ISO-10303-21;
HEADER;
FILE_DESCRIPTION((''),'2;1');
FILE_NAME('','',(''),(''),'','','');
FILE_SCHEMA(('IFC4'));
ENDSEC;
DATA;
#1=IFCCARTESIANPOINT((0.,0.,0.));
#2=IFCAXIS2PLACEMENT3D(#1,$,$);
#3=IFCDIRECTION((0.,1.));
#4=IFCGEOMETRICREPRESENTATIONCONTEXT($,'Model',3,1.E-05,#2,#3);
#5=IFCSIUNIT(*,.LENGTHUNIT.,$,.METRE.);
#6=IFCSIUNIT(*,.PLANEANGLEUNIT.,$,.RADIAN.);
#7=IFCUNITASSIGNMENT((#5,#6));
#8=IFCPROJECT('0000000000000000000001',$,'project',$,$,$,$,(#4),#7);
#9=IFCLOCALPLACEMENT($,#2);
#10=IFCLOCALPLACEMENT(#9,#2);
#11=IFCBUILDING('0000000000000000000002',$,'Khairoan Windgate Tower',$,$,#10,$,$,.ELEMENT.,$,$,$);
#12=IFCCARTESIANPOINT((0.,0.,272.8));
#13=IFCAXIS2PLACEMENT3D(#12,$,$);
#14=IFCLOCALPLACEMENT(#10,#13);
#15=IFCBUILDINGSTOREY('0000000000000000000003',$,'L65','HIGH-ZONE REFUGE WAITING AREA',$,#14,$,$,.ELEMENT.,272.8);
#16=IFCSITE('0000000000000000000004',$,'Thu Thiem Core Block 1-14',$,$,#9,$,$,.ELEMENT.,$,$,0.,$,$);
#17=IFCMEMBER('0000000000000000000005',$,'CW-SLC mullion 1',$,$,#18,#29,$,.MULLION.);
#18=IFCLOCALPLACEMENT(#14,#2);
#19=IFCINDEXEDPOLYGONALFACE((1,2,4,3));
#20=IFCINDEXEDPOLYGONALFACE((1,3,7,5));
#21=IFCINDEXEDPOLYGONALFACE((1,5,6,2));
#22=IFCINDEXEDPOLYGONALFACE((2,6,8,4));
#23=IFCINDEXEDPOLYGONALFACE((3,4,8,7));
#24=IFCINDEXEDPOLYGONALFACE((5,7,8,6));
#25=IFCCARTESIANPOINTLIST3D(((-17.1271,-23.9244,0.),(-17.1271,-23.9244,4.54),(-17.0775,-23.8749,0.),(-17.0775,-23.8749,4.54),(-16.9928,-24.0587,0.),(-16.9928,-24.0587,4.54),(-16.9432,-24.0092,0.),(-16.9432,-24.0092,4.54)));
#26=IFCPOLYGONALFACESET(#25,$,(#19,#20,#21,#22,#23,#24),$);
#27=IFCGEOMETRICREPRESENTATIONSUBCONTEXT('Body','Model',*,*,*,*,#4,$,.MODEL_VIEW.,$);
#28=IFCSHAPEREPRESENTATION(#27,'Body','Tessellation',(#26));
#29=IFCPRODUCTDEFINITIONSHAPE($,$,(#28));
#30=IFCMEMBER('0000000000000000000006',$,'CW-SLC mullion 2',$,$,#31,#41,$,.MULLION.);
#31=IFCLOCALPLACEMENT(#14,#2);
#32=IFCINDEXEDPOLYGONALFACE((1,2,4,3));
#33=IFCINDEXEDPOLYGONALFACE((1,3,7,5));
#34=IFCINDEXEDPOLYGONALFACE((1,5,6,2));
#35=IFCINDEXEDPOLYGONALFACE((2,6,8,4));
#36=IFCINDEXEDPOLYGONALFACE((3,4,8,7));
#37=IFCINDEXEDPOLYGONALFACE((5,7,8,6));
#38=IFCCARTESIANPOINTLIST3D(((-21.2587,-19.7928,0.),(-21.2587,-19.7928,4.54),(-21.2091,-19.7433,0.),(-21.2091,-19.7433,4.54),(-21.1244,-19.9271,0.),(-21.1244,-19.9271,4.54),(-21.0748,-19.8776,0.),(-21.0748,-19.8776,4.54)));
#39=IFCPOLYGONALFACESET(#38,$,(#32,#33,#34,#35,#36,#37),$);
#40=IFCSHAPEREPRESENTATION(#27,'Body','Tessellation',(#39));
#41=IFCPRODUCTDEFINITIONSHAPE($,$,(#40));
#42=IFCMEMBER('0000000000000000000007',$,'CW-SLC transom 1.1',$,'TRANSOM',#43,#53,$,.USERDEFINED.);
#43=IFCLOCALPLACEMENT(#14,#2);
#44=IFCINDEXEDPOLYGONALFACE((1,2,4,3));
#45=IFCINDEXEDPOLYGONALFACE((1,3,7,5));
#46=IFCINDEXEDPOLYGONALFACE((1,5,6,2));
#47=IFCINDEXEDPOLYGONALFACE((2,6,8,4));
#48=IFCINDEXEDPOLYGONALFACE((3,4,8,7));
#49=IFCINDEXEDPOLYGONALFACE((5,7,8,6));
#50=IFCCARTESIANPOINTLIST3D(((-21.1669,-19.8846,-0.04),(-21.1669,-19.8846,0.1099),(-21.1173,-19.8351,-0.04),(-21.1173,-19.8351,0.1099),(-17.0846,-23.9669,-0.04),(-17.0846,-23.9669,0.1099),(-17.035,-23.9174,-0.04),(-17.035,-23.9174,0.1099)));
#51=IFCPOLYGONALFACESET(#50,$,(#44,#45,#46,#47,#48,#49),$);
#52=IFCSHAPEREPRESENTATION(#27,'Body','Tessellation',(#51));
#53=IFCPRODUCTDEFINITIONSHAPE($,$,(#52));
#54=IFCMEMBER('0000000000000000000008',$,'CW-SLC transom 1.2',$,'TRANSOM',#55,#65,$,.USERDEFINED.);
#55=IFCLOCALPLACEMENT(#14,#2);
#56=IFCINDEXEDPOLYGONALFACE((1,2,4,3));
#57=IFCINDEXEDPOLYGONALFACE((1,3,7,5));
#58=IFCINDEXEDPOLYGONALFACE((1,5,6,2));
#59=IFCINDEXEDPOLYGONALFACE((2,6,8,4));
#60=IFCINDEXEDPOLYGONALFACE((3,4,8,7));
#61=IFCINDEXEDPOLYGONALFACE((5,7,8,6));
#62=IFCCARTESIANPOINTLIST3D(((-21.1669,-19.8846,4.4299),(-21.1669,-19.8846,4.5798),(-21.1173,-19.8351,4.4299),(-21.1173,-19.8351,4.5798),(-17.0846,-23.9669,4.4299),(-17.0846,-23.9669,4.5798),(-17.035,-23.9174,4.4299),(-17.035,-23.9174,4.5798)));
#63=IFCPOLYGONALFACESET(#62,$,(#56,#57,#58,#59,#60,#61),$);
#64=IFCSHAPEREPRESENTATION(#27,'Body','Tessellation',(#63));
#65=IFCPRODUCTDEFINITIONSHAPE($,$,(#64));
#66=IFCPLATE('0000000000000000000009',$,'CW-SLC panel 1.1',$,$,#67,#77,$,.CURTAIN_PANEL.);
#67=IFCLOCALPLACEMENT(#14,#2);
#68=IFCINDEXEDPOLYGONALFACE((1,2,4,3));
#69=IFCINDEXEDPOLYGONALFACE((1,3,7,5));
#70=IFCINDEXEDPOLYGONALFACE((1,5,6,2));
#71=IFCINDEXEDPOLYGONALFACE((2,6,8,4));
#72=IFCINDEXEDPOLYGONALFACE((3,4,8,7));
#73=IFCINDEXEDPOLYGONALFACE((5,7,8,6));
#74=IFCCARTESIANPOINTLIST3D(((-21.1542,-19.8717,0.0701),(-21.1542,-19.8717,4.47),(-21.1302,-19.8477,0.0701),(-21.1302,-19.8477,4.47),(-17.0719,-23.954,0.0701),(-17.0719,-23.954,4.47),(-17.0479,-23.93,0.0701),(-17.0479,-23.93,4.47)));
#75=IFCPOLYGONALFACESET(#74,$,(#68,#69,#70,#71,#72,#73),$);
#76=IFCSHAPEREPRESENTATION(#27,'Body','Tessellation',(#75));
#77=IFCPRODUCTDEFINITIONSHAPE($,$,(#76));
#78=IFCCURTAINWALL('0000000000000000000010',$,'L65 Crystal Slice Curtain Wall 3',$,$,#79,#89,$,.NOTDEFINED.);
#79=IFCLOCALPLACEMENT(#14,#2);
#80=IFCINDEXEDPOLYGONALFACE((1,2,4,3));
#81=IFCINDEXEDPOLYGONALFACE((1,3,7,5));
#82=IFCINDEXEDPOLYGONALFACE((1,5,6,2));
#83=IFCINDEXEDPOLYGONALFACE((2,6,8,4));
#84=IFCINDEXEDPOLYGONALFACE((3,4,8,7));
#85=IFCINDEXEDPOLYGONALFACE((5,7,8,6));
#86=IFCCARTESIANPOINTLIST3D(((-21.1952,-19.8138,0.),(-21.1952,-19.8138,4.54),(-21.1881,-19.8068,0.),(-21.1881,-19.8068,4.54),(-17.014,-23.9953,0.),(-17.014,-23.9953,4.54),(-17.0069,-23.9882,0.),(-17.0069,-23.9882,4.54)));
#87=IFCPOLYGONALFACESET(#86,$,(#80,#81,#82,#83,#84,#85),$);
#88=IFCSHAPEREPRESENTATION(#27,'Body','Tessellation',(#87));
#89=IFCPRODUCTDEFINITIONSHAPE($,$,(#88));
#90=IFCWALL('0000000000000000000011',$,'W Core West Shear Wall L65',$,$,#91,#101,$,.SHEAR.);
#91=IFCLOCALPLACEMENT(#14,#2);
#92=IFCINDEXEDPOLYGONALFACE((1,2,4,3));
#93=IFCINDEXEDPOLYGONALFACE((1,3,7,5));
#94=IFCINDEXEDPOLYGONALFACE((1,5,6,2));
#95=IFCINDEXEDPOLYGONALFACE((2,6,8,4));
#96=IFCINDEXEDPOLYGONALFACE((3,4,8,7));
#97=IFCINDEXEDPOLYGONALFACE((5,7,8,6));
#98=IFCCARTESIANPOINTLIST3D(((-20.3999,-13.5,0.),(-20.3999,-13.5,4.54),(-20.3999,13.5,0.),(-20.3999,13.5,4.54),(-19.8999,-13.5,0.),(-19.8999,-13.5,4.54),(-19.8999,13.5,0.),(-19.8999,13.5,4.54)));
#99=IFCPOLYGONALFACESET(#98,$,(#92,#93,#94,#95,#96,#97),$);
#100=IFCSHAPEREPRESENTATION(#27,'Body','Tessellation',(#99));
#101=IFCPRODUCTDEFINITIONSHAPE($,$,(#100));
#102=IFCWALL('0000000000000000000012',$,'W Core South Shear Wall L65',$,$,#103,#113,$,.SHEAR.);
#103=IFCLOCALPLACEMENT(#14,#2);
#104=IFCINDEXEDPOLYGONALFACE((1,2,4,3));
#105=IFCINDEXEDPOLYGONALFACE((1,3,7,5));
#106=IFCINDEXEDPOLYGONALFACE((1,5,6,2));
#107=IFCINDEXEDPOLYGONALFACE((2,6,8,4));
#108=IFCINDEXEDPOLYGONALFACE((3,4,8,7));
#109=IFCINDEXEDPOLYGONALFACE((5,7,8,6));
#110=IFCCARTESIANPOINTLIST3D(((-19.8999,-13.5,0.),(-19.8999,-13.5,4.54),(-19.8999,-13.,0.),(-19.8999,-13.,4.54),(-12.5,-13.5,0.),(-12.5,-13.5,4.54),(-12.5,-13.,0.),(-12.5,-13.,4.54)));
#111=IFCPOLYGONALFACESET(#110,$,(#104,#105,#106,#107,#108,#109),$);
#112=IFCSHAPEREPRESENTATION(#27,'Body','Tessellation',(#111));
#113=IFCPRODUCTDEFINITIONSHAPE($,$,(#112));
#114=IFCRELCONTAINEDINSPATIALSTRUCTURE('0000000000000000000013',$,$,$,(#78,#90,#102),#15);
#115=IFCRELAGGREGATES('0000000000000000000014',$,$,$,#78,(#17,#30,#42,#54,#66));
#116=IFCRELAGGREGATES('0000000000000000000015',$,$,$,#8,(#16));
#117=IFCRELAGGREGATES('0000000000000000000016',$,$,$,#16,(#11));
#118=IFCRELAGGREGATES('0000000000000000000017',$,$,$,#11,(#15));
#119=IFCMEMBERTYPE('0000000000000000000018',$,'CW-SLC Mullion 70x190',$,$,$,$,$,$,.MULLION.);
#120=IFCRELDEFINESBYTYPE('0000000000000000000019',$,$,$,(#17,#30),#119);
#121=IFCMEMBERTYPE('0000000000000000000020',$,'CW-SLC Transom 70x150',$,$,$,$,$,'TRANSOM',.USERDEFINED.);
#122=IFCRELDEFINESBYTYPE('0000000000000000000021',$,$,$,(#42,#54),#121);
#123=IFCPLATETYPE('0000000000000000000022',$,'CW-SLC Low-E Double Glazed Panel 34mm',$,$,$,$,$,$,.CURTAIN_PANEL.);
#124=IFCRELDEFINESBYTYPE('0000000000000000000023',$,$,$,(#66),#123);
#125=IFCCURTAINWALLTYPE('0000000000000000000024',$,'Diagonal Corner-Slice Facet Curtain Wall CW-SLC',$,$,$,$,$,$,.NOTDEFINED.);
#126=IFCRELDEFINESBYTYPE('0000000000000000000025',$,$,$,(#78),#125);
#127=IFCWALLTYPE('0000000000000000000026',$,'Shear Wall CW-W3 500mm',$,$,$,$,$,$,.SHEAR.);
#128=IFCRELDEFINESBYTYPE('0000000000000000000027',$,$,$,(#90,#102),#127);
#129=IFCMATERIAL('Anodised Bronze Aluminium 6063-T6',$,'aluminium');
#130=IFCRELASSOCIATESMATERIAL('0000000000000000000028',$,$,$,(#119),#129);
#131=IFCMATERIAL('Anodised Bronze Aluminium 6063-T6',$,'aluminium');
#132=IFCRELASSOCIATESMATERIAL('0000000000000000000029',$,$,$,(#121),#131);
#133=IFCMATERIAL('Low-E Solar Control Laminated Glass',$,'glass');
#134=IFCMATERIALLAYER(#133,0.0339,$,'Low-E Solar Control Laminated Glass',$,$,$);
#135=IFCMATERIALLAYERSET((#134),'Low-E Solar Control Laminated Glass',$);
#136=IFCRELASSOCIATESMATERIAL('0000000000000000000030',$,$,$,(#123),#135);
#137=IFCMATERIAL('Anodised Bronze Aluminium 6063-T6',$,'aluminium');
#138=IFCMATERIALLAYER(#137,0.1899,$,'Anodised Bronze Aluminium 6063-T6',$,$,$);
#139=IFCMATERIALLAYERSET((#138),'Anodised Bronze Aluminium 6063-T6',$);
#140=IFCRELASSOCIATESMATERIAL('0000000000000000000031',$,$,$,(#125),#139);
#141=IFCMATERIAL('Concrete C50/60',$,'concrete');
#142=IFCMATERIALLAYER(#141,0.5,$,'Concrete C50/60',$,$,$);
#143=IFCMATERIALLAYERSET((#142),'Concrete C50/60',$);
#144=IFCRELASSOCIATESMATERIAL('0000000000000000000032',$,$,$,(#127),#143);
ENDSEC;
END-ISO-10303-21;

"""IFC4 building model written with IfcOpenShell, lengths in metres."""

from ifc_helpers import new_model, si_unit, direction, frame, frame_2d, origin, origin_2d, place, context, subcontext, project, spatial, rectangle, extrude, material, layer, layer_set, material_profile, profile_set, type_object, element, aggregate, save


model = new_model("IFC4")

# Units and contexts
model_context = context("Model", 3, precision=1e-05, world=origin(), true_north=direction((0.0, 1.0)))
body_context = subcontext(model_context, "Body", "Model", "MODEL_VIEW")
ifc_project = project(units=[si_unit("LENGTHUNIT", "METRE"), si_unit("PLANEANGLEUNIT", "RADIAN")], contexts=[model_context])

# Site, building, storey
site_placement = place(None, origin())
site = spatial("IfcSite", under=ifc_project, at=site_placement, Name="Thu Thiem Core Block 1-14", CompositionType="ELEMENT", RefElevation=0.0)
building_placement = place(site_placement, origin())
building = spatial("IfcBuilding", under=site, at=building_placement, Name="Khairoan Windgate Tower", CompositionType="ELEMENT")
storey_placement = place(building_placement, frame((0.0, 0.0, 272.8)))
storey = spatial("IfcBuildingStorey", under=building, at=storey_placement, Name="L65", Description="HIGH-ZONE REFUGE WAITING AREA", CompositionType="ELEMENT", Elevation=272.8)

# Members
ifc_material_1 = material(Name="Anodised Bronze Aluminium 6063-T6", Category="aluminium")
ifc_material_profile_1 = material_profile(ifc_material_1, rectangle(XDim=0.0701, YDim=0.1899, at=origin_2d()))
ifc_profile_set_1 = profile_set([ifc_material_profile_1], Name="Anodised Bronze Aluminium 6063-T6")
member_type_1 = type_object("IfcMemberType", Name="CW-SLC Mullion 70x190", PredefinedType="MULLION", material=ifc_profile_set_1)
member_1_placement = place(storey_placement, frame((-17.0352, -23.9668, 0.0), z_axis=(0.0, 0.0, 1.0), x_axis=(-0.707107, -0.707107, 0.0)))
member_1 = element("IfcMember", 1, at=member_1_placement, type_object=member_type_1, Name="CW-SLC mullion 1", PredefinedType="MULLION", context=body_context, shape_type="SweptSolid", body=[
    extrude(rectangle(XDim=0.0701, YDim=0.1899, at=origin_2d()), origin(), (0.0, 0.0, 1.0), 4.54),
])
member_2_placement = place(storey_placement, frame((-21.1667, -19.8352, 0.0), z_axis=(0.0, 0.0, 1.0), x_axis=(-0.707107, -0.707107, 0.0)))
member_2 = element("IfcMember", 2, at=member_2_placement, type_object=member_type_1, Name="CW-SLC mullion 2", PredefinedType="MULLION", context=body_context, shape_type="SweptSolid", body=[
    extrude(rectangle(XDim=0.0701, YDim=0.1899, at=origin_2d()), origin(), (0.0, 0.0, 1.0), 4.54),
])
ifc_material_2 = material(Name="Anodised Bronze Aluminium 6063-T6", Category="aluminium")
ifc_material_profile_2 = material_profile(ifc_material_2, rectangle(XDim=0.0701, YDim=0.1499, at=origin_2d()))
ifc_profile_set_2 = profile_set([ifc_material_profile_2], Name="Anodised Bronze Aluminium 6063-T6")
member_type_2 = type_object("IfcMemberType", Name="CW-SLC Transom 70x150", ElementType="TRANSOM", PredefinedType="USERDEFINED", material=ifc_profile_set_2)
member_3_placement = place(storey_placement, frame((-17.0598, -23.9421, 0.0349), z_axis=(-0.707107, 0.707107, 0.0), x_axis=(-0.707107, -0.707107, 0.0)))
member_3 = element("IfcMember", 3, at=member_3_placement, type_object=member_type_2, Name="CW-SLC transom 1.1", ObjectType="TRANSOM", PredefinedType="USERDEFINED", context=body_context, shape_type="SweptSolid", body=[
    extrude(rectangle(XDim=0.0701, YDim=0.1499, at=origin_2d()), origin(), (0.0, 0.0, 1.0), 5.7732),
])
member_4_placement = place(storey_placement, frame((-17.0598, -23.9421, 4.5049), z_axis=(-0.707107, 0.707107, 0.0), x_axis=(-0.707107, -0.707107, 0.0)))
member_4 = element("IfcMember", 4, at=member_4_placement, type_object=member_type_2, Name="CW-SLC transom 1.2", ObjectType="TRANSOM", PredefinedType="USERDEFINED", context=body_context, shape_type="SweptSolid", body=[
    extrude(rectangle(XDim=0.0701, YDim=0.1499, at=origin_2d()), origin(), (0.0, 0.0, 1.0), 5.7732),
])

# Plate
ifc_material_3 = material(Name="Low-E Solar Control Laminated Glass", Category="glass")
ifc_layer_1 = layer(ifc_material_3, 0.0339, Name="Low-E Solar Control Laminated Glass")
ifc_layer_set_1 = layer_set([ifc_layer_1], Name="Low-E Solar Control Laminated Glass")
plate_type_1 = type_object("IfcPlateType", Name="CW-SLC Low-E Double Glazed Panel 34mm", PredefinedType="CURTAIN_PANEL", material=ifc_layer_set_1)
plate_1_placement = place(storey_placement, frame((-19.1011, -21.9009, 0.0701), z_axis=(0.0, 0.0, 1.0), x_axis=(-0.707107, 0.707107, 0.0)))
plate_1 = element("IfcPlate", 5, at=plate_1_placement, type_object=plate_type_1, Name="CW-SLC panel 1.1", PredefinedType="CURTAIN_PANEL", context=body_context, shape_type="SweptSolid", body=[
    extrude(rectangle(XDim=5.7732, YDim=0.0339, at=origin_2d()), origin(), (0.0, 0.0, 1.0), 4.3999),
])

# Curtain wall
ifc_material_4 = material(Name="Anodised Bronze Aluminium 6063-T6", Category="aluminium")
ifc_layer_2 = layer(ifc_material_4, 0.1899, Name="Anodised Bronze Aluminium 6063-T6")
ifc_layer_set_2 = layer_set([ifc_layer_2], Name="Anodised Bronze Aluminium 6063-T6")
curtain_wall_type_1 = type_object("IfcCurtainWallType", Name="Diagonal Corner-Slice Facet Curtain Wall CW-SLC", PredefinedType="NOTDEFINED", material=ifc_layer_set_2)
curtain_wall_1_placement = place(storey_placement, frame((-17.0105, -23.9917, 0.0), z_axis=(0.0, 0.0, 1.0), x_axis=(-0.707086, 0.707127, 0.0)))
curtain_wall_1 = element("IfcCurtainWall", 6, at=curtain_wall_1_placement, inside=storey, type_object=curtain_wall_type_1, Name="L65 Crystal Slice Curtain Wall 3", PredefinedType="NOTDEFINED", context=body_context, shape_type="SweptSolid", body=[
    extrude(rectangle(XDim=5.9133, YDim=0.01, at=frame_2d((2.9565, 0.0))), origin(), (0.0, 0.0, 1.0), 4.54),
])
aggregate(curtain_wall_1, [member_1, member_2, member_3, member_4, plate_1])

# Walls
ifc_material_5 = material(Name="Concrete C50/60", Category="concrete")
ifc_layer_3 = layer(ifc_material_5, 0.5, Name="Concrete C50/60")
ifc_layer_set_3 = layer_set([ifc_layer_3], Name="Concrete C50/60")
wall_type = type_object("IfcWallType", Name="Shear Wall CW-W3 500mm", PredefinedType="SHEAR", material=ifc_layer_set_3)
wall_1_placement = place(storey_placement, frame((-20.1499, -13.5, 0.0), z_axis=(0.0, 0.0, 1.0), x_axis=(0.0, 1.0, 0.0)))
element("IfcWall", 7, at=wall_1_placement, inside=storey, type_object=wall_type, Name="W Core West Shear Wall L65", PredefinedType="SHEAR", context=body_context, shape_type="SweptSolid", body=[
    extrude(rectangle(XDim=27.0, YDim=0.5, at=frame_2d((13.5, 0.0))), origin(), (0.0, 0.0, 1.0), 4.54),
])
wall_2_placement = place(storey_placement, frame((-19.8999, -13.25, 0.0), z_axis=(0.0, 0.0, 1.0), x_axis=(1.0, 0.0, 0.0)))
element("IfcWall", 8, at=wall_2_placement, inside=storey, type_object=wall_type, Name="W Core South Shear Wall L65", PredefinedType="SHEAR", context=body_context, shape_type="SweptSolid", body=[
    extrude(rectangle(XDim=7.3999, YDim=0.5, at=frame_2d((3.7, 0.0))), origin(), (0.0, 0.0, 1.0), 4.54),
])

save(model, "model.ifc")
